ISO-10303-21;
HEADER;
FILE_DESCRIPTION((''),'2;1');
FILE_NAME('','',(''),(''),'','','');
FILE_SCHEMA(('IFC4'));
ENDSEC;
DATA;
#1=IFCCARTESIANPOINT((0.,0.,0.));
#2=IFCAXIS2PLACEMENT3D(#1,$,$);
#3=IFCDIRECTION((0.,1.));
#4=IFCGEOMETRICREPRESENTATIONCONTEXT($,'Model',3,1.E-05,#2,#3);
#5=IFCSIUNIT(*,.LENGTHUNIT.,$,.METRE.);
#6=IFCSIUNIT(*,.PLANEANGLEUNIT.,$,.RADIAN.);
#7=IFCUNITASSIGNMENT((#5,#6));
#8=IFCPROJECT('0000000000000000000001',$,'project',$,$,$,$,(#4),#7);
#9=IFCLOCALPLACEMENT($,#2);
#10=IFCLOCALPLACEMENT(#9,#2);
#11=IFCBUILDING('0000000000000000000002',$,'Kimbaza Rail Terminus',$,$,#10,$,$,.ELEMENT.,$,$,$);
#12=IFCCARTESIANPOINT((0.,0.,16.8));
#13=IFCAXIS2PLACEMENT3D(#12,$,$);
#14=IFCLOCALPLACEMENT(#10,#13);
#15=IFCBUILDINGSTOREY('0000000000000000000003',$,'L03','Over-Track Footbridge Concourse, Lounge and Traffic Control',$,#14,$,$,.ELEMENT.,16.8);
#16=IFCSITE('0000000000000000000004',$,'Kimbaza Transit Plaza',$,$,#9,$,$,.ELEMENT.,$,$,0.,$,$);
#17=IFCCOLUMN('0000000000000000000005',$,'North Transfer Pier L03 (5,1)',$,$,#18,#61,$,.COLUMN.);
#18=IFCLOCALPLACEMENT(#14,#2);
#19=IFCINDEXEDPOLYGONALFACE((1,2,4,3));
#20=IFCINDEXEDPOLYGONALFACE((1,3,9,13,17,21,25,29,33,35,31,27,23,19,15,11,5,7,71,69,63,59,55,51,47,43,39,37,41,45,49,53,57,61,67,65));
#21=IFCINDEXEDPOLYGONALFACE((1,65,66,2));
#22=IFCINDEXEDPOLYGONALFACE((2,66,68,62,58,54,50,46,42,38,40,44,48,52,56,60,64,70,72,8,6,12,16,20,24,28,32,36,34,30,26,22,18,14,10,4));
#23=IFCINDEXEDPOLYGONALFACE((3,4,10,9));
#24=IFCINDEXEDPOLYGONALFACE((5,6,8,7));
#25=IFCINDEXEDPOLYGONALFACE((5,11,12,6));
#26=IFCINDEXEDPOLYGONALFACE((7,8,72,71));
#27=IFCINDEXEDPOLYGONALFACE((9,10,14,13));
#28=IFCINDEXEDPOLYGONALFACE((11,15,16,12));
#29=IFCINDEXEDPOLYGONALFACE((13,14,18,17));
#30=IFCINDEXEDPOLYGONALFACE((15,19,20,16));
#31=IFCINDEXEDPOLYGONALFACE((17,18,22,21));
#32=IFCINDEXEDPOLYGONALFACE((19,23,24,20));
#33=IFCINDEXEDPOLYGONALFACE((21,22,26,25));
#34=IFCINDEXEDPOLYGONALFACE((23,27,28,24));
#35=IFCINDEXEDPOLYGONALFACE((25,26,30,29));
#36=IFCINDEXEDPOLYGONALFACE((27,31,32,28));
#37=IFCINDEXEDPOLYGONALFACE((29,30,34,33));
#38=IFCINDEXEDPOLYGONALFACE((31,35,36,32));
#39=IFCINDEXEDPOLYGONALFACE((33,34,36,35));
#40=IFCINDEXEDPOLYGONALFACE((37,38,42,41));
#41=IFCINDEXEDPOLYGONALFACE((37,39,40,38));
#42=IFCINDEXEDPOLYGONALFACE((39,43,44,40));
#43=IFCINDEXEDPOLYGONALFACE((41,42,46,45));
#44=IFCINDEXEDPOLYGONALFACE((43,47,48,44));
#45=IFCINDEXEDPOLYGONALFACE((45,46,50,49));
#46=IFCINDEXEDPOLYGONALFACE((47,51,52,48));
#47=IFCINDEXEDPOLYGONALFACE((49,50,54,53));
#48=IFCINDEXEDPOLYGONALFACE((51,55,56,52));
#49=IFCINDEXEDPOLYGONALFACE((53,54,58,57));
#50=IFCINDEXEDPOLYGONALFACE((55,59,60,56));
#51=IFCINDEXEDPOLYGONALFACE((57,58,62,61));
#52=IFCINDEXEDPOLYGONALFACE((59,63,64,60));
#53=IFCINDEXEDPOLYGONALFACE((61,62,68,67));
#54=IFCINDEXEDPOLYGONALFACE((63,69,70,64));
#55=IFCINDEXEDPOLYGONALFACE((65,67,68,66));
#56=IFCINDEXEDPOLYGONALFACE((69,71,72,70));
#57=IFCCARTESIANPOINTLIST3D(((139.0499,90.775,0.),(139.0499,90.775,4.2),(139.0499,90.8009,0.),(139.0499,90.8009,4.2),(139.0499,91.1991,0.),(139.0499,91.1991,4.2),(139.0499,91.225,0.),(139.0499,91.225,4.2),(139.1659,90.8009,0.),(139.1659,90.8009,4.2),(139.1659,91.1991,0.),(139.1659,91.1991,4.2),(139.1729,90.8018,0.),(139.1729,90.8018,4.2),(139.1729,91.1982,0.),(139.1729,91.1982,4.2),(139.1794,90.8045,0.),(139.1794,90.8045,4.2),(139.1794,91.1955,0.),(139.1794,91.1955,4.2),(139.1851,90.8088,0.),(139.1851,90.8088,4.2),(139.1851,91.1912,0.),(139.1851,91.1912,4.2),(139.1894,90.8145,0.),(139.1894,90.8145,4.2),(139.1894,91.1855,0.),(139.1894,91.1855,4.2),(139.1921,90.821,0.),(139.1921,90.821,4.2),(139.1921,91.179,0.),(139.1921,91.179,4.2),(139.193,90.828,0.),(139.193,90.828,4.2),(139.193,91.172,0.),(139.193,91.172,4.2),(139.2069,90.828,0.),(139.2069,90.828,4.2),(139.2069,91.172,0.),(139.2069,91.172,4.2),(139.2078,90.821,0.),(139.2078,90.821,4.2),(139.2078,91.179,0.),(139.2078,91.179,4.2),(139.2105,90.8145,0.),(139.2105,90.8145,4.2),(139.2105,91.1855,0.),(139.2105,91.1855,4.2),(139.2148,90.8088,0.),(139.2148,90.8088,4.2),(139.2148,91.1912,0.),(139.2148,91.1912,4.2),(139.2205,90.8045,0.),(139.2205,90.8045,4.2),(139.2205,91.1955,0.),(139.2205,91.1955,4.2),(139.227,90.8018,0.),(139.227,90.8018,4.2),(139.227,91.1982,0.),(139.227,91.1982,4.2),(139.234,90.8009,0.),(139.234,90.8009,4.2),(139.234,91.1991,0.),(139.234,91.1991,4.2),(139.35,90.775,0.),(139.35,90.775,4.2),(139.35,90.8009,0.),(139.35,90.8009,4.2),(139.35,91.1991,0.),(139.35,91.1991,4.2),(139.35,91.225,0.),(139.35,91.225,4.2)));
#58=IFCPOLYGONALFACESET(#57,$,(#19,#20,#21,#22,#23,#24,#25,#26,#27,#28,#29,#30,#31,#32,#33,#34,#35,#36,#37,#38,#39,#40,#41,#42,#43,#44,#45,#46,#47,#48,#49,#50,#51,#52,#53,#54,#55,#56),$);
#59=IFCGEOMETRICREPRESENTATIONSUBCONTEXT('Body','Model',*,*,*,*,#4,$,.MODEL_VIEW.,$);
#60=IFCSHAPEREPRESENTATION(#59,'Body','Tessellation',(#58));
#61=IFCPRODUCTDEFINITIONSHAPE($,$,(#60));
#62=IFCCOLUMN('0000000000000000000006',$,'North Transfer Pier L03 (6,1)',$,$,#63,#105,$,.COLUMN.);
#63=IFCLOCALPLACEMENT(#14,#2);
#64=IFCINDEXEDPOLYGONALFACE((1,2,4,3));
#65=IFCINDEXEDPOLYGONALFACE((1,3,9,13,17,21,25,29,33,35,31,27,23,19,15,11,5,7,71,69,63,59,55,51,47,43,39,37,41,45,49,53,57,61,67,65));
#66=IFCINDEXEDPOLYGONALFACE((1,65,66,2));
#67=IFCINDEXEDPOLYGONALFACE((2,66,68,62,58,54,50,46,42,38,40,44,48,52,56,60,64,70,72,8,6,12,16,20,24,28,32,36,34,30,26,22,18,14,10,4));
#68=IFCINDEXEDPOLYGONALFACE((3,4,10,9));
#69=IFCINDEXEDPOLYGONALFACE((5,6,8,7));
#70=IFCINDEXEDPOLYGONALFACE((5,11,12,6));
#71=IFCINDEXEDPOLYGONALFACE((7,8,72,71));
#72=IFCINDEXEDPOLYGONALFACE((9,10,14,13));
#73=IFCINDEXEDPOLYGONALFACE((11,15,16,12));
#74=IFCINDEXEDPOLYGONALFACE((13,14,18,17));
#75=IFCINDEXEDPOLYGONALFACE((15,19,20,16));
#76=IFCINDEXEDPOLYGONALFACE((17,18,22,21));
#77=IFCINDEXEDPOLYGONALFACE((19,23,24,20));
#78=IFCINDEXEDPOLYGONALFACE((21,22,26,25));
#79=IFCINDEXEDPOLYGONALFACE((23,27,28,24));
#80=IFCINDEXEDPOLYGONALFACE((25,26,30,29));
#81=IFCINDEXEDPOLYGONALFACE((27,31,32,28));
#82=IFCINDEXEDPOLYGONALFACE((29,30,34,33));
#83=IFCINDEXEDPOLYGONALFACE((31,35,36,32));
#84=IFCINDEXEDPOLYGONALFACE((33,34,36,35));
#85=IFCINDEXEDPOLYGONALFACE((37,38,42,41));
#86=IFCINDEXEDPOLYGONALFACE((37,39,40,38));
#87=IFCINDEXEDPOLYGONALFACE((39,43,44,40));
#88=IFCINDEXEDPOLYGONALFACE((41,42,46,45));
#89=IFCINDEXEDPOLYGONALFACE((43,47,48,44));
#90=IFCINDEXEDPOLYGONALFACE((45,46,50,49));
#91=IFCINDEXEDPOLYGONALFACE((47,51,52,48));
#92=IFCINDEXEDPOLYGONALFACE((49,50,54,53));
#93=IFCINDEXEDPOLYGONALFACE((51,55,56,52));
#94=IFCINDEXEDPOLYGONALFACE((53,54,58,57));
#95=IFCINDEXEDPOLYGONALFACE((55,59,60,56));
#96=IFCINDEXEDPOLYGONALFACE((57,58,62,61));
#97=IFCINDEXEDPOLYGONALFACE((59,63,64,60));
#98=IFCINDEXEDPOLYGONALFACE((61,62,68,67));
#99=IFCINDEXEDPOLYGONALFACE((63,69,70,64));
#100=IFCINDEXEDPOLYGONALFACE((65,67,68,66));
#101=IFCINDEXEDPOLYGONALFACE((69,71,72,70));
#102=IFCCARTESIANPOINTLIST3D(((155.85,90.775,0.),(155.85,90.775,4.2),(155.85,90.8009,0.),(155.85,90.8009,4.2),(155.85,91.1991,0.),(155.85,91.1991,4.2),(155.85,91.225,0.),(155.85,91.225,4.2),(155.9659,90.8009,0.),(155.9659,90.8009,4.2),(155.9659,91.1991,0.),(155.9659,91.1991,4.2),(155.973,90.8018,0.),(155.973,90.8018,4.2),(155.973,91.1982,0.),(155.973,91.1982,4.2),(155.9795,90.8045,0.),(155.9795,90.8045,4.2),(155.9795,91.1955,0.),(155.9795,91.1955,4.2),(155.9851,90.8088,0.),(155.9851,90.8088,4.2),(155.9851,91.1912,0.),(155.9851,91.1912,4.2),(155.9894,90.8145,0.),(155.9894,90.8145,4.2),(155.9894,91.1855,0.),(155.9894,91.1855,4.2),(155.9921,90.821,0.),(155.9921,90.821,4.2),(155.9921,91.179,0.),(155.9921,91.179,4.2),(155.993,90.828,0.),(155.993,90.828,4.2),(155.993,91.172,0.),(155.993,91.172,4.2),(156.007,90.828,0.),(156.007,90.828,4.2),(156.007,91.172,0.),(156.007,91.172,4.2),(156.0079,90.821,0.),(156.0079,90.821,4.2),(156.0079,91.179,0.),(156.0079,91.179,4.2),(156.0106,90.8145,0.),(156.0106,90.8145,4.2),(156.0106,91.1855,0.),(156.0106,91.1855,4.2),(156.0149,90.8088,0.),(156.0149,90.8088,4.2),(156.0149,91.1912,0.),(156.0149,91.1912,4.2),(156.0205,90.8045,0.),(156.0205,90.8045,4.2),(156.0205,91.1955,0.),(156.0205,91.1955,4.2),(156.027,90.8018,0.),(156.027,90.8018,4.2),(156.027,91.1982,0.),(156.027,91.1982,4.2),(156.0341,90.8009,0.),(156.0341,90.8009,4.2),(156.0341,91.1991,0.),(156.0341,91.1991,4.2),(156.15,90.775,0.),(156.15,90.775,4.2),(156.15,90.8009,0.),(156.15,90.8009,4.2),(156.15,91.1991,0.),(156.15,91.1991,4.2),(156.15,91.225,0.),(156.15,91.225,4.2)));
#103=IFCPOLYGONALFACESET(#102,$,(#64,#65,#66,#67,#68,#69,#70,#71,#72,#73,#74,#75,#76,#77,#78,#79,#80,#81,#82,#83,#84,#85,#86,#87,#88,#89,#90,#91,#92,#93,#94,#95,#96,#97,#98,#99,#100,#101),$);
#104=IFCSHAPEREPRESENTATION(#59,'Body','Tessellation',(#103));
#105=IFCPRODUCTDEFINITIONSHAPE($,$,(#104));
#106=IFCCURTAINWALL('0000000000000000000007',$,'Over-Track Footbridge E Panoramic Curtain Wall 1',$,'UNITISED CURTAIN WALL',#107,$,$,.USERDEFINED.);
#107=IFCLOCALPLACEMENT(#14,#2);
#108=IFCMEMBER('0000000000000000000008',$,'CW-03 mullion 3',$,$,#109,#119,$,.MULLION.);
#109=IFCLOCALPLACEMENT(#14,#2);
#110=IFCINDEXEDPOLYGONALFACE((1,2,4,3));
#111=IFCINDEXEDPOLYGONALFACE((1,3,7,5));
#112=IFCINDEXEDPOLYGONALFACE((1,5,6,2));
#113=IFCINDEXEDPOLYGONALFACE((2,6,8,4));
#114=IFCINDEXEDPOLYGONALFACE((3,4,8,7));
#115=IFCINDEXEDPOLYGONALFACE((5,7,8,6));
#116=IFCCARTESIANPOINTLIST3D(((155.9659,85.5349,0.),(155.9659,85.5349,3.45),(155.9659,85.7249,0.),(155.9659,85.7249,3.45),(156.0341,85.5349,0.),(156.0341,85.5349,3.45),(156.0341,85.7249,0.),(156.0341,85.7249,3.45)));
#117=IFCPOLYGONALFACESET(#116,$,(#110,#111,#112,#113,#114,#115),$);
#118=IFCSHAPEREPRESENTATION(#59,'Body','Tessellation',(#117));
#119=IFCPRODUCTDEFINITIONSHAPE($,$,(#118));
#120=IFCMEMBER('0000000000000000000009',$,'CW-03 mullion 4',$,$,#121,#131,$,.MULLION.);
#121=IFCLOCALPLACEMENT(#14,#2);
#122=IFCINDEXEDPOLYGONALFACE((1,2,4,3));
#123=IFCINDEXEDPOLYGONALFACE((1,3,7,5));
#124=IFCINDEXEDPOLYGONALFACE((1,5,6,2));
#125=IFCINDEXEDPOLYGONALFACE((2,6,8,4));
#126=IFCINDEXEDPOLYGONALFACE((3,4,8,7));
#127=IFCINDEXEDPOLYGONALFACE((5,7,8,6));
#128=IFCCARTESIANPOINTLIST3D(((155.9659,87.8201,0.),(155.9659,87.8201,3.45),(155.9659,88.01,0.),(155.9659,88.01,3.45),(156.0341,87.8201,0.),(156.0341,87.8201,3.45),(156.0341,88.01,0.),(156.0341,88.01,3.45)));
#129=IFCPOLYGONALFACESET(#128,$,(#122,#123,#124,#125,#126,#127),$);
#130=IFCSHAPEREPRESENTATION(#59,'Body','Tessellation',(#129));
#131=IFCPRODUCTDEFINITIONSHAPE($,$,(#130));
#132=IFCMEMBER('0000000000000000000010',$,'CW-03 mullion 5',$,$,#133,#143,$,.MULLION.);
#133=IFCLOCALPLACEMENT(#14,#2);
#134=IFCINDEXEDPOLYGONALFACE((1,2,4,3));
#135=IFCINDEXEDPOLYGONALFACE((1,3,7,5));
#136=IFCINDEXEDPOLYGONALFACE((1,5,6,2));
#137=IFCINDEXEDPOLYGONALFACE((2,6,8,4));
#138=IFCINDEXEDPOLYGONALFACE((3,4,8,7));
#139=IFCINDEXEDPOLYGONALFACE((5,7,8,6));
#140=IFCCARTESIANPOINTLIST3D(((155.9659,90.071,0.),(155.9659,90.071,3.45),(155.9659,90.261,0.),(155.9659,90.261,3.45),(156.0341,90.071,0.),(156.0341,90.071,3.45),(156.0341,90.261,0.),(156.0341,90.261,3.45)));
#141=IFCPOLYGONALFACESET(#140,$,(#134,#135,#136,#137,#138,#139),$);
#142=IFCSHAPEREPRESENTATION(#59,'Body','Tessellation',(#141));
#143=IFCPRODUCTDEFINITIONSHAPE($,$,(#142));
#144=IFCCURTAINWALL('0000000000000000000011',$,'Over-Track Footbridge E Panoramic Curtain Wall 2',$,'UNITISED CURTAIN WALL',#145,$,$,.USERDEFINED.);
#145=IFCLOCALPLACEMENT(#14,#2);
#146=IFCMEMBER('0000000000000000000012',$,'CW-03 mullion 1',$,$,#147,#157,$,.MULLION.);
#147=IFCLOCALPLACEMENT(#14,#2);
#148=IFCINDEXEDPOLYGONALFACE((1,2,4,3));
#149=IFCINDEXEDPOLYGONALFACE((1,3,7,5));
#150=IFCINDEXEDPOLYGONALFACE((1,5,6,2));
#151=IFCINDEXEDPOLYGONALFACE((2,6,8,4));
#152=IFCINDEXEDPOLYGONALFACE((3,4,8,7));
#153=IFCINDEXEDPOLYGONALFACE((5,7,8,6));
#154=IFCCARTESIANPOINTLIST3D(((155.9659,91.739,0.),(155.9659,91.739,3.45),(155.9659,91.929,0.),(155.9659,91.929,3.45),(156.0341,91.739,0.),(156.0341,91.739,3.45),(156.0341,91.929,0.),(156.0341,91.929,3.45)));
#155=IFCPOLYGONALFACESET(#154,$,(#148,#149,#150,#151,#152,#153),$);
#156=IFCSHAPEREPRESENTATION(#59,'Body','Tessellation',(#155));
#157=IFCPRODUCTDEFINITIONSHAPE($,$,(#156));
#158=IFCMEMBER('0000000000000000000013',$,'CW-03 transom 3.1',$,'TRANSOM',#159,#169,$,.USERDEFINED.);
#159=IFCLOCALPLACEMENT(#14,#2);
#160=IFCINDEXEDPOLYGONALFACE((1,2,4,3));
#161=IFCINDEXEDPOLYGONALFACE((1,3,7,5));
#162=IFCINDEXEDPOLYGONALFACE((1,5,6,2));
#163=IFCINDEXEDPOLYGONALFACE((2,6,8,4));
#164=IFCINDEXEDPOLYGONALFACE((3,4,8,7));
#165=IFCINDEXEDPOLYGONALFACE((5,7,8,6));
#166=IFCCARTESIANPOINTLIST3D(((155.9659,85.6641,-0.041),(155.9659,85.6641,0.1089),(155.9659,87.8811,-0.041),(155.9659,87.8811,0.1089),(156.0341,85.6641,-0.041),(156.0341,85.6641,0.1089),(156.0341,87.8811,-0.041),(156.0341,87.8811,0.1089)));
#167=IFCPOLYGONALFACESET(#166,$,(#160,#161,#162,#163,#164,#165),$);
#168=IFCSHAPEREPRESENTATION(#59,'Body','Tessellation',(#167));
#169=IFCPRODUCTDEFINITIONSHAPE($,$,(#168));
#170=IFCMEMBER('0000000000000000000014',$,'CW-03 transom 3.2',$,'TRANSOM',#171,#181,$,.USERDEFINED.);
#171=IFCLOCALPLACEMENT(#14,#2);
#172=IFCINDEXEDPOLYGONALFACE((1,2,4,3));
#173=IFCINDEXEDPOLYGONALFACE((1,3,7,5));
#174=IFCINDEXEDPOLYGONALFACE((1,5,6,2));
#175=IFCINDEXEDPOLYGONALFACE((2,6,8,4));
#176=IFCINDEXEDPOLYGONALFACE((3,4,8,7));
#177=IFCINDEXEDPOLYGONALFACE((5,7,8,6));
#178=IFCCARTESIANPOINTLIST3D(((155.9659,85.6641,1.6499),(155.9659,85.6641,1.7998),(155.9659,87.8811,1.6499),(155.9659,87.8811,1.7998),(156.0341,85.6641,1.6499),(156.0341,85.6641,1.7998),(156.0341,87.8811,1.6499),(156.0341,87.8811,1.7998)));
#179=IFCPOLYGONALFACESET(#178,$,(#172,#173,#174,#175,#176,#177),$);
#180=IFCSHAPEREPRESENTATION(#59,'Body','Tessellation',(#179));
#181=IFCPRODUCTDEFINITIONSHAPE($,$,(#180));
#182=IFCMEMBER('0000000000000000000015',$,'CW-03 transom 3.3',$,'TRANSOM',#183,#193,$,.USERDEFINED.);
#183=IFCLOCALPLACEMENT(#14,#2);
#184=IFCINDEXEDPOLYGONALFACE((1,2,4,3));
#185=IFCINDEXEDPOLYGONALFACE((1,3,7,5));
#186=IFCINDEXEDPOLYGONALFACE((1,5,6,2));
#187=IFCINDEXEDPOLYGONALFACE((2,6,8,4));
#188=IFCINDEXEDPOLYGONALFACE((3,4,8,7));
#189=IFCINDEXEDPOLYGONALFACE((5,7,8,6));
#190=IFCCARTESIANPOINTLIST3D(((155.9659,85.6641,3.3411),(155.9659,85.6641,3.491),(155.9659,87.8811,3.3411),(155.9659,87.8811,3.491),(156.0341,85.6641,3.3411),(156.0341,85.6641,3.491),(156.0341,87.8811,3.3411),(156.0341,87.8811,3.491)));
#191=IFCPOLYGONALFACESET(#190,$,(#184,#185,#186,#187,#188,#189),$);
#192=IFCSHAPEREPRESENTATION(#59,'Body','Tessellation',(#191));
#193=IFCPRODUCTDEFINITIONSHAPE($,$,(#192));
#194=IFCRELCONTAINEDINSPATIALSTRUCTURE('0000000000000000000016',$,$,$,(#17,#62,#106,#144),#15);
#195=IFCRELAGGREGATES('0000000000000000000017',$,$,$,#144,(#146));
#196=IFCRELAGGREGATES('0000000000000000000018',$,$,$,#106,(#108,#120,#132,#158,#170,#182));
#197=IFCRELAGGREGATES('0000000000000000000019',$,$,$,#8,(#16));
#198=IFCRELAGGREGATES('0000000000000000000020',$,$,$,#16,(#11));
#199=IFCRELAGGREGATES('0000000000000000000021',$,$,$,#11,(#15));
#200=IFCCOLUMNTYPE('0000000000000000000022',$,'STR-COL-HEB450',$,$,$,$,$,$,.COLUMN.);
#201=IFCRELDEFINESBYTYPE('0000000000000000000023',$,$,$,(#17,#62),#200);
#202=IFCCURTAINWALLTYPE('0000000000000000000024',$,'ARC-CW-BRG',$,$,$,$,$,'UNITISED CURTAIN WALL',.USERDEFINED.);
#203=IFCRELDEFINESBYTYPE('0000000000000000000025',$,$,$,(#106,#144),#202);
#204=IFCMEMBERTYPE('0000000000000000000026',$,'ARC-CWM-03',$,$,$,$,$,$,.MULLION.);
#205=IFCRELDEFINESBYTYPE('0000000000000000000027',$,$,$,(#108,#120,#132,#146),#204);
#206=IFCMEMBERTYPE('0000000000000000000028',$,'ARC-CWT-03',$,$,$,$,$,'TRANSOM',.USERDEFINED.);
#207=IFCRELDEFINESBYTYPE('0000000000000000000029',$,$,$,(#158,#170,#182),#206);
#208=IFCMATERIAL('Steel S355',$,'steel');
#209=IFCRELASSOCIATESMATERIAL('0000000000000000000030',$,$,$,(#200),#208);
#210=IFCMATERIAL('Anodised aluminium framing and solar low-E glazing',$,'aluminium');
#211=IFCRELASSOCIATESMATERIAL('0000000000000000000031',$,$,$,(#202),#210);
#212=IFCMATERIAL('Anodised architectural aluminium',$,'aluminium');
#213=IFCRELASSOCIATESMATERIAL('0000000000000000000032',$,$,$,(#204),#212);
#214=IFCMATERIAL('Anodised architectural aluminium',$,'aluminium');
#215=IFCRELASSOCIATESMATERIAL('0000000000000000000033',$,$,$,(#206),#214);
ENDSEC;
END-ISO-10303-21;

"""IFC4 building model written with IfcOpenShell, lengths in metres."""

from ifc_helpers import new_model, si_unit, direction, frame, origin, origin_2d, place, context, subcontext, project, spatial, rectangle, i_section, extrude, material, material_profile, profile_set, type_object, element, aggregate, save


model = new_model("IFC4")

# Units and contexts
model_context = context("Model", 3, precision=1e-05, world=origin(), true_north=direction((0.0, 1.0)))
body_context = subcontext(model_context, "Body", "Model", "MODEL_VIEW")
ifc_project = project(units=[si_unit("LENGTHUNIT", "METRE"), si_unit("PLANEANGLEUNIT", "RADIAN")], contexts=[model_context])

# Site, building, storey
site_placement = place(None, origin())
site = spatial("IfcSite", under=ifc_project, at=site_placement, Name="Kimbaza Transit Plaza", CompositionType="ELEMENT", RefElevation=0.0)
building_placement = place(site_placement, origin())
building = spatial("IfcBuilding", under=site, at=building_placement, Name="Kimbaza Rail Terminus", CompositionType="ELEMENT")
storey_placement = place(building_placement, frame((0.0, 0.0, 16.8)))
storey = spatial("IfcBuildingStorey", under=building, at=storey_placement, Name="L03", Description="Over-Track Footbridge Concourse, Lounge and Traffic Control", CompositionType="ELEMENT", Elevation=16.8)

# Columns
ifc_material_1 = material(Name="Steel S355", Category="steel")
ifc_material_profile_1 = material_profile(ifc_material_1, i_section(OverallWidth=0.3, OverallDepth=0.45, WebThickness=0.0139, FlangeThickness=0.0259, FilletRadius=0.0271, at=origin_2d()), Name="HEB 450")
ifc_profile_set_1 = profile_set([ifc_material_profile_1], Name="Steel S355")
column_type = type_object("IfcColumnType", Name="STR-COL-HEB450", PredefinedType="COLUMN", material=ifc_profile_set_1)
for number, where, z_axis, x_axis, name in (
    (1, (139.2, 91.0, 0.0), (0.0, 0.0, 1.0), (1.0, 0.0, 0.0), "North Transfer Pier L03 (5,1)"),
    (2, (156.0, 91.0, 0.0), (0.0, 0.0, 1.0), (1.0, 0.0, 0.0), "North Transfer Pier L03 (6,1)"),
):
    element("IfcColumn", number, at=place(storey_placement, frame(where, z_axis=z_axis, x_axis=x_axis)), inside=storey, type_object=column_type, Name=name, PredefinedType="COLUMN", context=body_context, shape_type="SweptSolid", body=[
        extrude(i_section(OverallWidth=0.3, OverallDepth=0.45, WebThickness=0.0139, FlangeThickness=0.0259, FilletRadius=0.0271, at=origin_2d()), origin(), (0.0, 0.0, 1.0), 4.2),
    ])

# Curtain wall, members
ifc_material_2 = material(Name="Anodised aluminium framing and solar low-E glazing", Category="aluminium")
curtain_wall_type = type_object("IfcCurtainWallType", Name="ARC-CW-BRG", ElementType="UNITISED CURTAIN WALL", PredefinedType="USERDEFINED", material=ifc_material_2)
curtain_wall_1_placement = place(storey_placement, origin())
curtain_wall_1 = element("IfcCurtainWall", 3, at=curtain_wall_1_placement, inside=storey, type_object=curtain_wall_type, Name="Over-Track Footbridge E Panoramic Curtain Wall 1", ObjectType="UNITISED CURTAIN WALL", PredefinedType="USERDEFINED")
ifc_material_3 = material(Name="Anodised architectural aluminium", Category="aluminium")
ifc_material_profile_2 = material_profile(ifc_material_3, rectangle(XDim=0.0681, YDim=0.1899, at=origin_2d()), Name="MULLION 68x190")
ifc_profile_set_2 = profile_set([ifc_material_profile_2], Name="Anodised architectural aluminium")
member_type_1 = type_object("IfcMemberType", Name="ARC-CWM-03", PredefinedType="MULLION", material=ifc_profile_set_2)
member_1_placement = place(storey_placement, frame((156.0, 85.6299, 0.0), z_axis=(0.0, 0.0, 1.0), x_axis=(-1.0, 0.0, 0.0)))
member_1 = element("IfcMember", 4, at=member_1_placement, type_object=member_type_1, Name="CW-03 mullion 3", PredefinedType="MULLION", context=body_context, shape_type="SweptSolid", body=[
    extrude(rectangle(XDim=0.0681, YDim=0.1899, at=origin_2d()), origin(), (0.0, 0.0, 1.0), 3.45),
])
member_2_placement = place(storey_placement, frame((156.0, 87.915, 0.0), z_axis=(0.0, 0.0, 1.0), x_axis=(-1.0, 0.0, 0.0)))
member_2 = element("IfcMember", 5, at=member_2_placement, type_object=member_type_1, Name="CW-03 mullion 4", PredefinedType="MULLION", context=body_context, shape_type="SweptSolid", body=[
    extrude(rectangle(XDim=0.0681, YDim=0.1899, at=origin_2d()), origin(), (0.0, 0.0, 1.0), 3.45),
])
member_3_placement = place(storey_placement, frame((156.0, 90.166, 0.0), z_axis=(0.0, 0.0, 1.0), x_axis=(-1.0, 0.0, 0.0)))
member_3 = element("IfcMember", 6, at=member_3_placement, type_object=member_type_1, Name="CW-03 mullion 5", PredefinedType="MULLION", context=body_context, shape_type="SweptSolid", body=[
    extrude(rectangle(XDim=0.0681, YDim=0.1899, at=origin_2d()), origin(), (0.0, 0.0, 1.0), 3.45),
])

# Curtain wall, member
curtain_wall_2_placement = place(storey_placement, origin())
curtain_wall_2 = element("IfcCurtainWall", 7, at=curtain_wall_2_placement, inside=storey, type_object=curtain_wall_type, Name="Over-Track Footbridge E Panoramic Curtain Wall 2", ObjectType="UNITISED CURTAIN WALL", PredefinedType="USERDEFINED")
member_4_placement = place(storey_placement, frame((156.0, 91.834, 0.0), z_axis=(0.0, 0.0, 1.0), x_axis=(-1.0, 0.0, 0.0)))
member_4 = element("IfcMember", 8, at=member_4_placement, type_object=member_type_1, Name="CW-03 mullion 1", PredefinedType="MULLION", context=body_context, shape_type="SweptSolid", body=[
    extrude(rectangle(XDim=0.0681, YDim=0.1899, at=origin_2d()), origin(), (0.0, 0.0, 1.0), 3.45),
])

# Members
ifc_material_4 = material(Name="Anodised architectural aluminium", Category="aluminium")
ifc_material_profile_3 = material_profile(ifc_material_4, rectangle(XDim=0.0681, YDim=0.1499, at=origin_2d()), Name="TRANSOM 68x150")
ifc_profile_set_3 = profile_set([ifc_material_profile_3], Name="Anodised architectural aluminium")
member_type_2 = type_object("IfcMemberType", Name="ARC-CWT-03", ElementType="TRANSOM", PredefinedType="USERDEFINED", material=ifc_profile_set_3)
member_5_placement = place(storey_placement, frame((156.0, 85.6641, 0.0339), z_axis=(0.0, 1.0, 0.0), x_axis=(-1.0, 0.0, 0.0)))
member_5 = element("IfcMember", 9, at=member_5_placement, type_object=member_type_2, Name="CW-03 transom 3.1", ObjectType="TRANSOM", PredefinedType="USERDEFINED", context=body_context, shape_type="SweptSolid", body=[
    extrude(rectangle(XDim=0.0681, YDim=0.1499, at=origin_2d()), origin(), (0.0, 0.0, 1.0), 2.217),
])
member_6_placement = place(storey_placement, frame((156.0, 85.6641, 1.7249), z_axis=(0.0, 1.0, 0.0), x_axis=(-1.0, 0.0, 0.0)))
member_6 = element("IfcMember", 10, at=member_6_placement, type_object=member_type_2, Name="CW-03 transom 3.2", ObjectType="TRANSOM", PredefinedType="USERDEFINED", context=body_context, shape_type="SweptSolid", body=[
    extrude(rectangle(XDim=0.0681, YDim=0.1499, at=origin_2d()), origin(), (0.0, 0.0, 1.0), 2.217),
])
member_7_placement = place(storey_placement, frame((156.0, 85.6641, 3.416), z_axis=(0.0, 1.0, 0.0), x_axis=(-1.0, 0.0, 0.0)))
member_7 = element("IfcMember", 11, at=member_7_placement, type_object=member_type_2, Name="CW-03 transom 3.3", ObjectType="TRANSOM", PredefinedType="USERDEFINED", context=body_context, shape_type="SweptSolid", body=[
    extrude(rectangle(XDim=0.0681, YDim=0.1499, at=origin_2d()), origin(), (0.0, 0.0, 1.0), 2.217),
])
aggregate(curtain_wall_2, [member_4])

aggregate(curtain_wall_1, [member_1, member_2, member_3, member_5, member_6, member_7])

save(model, "model.ifc")
